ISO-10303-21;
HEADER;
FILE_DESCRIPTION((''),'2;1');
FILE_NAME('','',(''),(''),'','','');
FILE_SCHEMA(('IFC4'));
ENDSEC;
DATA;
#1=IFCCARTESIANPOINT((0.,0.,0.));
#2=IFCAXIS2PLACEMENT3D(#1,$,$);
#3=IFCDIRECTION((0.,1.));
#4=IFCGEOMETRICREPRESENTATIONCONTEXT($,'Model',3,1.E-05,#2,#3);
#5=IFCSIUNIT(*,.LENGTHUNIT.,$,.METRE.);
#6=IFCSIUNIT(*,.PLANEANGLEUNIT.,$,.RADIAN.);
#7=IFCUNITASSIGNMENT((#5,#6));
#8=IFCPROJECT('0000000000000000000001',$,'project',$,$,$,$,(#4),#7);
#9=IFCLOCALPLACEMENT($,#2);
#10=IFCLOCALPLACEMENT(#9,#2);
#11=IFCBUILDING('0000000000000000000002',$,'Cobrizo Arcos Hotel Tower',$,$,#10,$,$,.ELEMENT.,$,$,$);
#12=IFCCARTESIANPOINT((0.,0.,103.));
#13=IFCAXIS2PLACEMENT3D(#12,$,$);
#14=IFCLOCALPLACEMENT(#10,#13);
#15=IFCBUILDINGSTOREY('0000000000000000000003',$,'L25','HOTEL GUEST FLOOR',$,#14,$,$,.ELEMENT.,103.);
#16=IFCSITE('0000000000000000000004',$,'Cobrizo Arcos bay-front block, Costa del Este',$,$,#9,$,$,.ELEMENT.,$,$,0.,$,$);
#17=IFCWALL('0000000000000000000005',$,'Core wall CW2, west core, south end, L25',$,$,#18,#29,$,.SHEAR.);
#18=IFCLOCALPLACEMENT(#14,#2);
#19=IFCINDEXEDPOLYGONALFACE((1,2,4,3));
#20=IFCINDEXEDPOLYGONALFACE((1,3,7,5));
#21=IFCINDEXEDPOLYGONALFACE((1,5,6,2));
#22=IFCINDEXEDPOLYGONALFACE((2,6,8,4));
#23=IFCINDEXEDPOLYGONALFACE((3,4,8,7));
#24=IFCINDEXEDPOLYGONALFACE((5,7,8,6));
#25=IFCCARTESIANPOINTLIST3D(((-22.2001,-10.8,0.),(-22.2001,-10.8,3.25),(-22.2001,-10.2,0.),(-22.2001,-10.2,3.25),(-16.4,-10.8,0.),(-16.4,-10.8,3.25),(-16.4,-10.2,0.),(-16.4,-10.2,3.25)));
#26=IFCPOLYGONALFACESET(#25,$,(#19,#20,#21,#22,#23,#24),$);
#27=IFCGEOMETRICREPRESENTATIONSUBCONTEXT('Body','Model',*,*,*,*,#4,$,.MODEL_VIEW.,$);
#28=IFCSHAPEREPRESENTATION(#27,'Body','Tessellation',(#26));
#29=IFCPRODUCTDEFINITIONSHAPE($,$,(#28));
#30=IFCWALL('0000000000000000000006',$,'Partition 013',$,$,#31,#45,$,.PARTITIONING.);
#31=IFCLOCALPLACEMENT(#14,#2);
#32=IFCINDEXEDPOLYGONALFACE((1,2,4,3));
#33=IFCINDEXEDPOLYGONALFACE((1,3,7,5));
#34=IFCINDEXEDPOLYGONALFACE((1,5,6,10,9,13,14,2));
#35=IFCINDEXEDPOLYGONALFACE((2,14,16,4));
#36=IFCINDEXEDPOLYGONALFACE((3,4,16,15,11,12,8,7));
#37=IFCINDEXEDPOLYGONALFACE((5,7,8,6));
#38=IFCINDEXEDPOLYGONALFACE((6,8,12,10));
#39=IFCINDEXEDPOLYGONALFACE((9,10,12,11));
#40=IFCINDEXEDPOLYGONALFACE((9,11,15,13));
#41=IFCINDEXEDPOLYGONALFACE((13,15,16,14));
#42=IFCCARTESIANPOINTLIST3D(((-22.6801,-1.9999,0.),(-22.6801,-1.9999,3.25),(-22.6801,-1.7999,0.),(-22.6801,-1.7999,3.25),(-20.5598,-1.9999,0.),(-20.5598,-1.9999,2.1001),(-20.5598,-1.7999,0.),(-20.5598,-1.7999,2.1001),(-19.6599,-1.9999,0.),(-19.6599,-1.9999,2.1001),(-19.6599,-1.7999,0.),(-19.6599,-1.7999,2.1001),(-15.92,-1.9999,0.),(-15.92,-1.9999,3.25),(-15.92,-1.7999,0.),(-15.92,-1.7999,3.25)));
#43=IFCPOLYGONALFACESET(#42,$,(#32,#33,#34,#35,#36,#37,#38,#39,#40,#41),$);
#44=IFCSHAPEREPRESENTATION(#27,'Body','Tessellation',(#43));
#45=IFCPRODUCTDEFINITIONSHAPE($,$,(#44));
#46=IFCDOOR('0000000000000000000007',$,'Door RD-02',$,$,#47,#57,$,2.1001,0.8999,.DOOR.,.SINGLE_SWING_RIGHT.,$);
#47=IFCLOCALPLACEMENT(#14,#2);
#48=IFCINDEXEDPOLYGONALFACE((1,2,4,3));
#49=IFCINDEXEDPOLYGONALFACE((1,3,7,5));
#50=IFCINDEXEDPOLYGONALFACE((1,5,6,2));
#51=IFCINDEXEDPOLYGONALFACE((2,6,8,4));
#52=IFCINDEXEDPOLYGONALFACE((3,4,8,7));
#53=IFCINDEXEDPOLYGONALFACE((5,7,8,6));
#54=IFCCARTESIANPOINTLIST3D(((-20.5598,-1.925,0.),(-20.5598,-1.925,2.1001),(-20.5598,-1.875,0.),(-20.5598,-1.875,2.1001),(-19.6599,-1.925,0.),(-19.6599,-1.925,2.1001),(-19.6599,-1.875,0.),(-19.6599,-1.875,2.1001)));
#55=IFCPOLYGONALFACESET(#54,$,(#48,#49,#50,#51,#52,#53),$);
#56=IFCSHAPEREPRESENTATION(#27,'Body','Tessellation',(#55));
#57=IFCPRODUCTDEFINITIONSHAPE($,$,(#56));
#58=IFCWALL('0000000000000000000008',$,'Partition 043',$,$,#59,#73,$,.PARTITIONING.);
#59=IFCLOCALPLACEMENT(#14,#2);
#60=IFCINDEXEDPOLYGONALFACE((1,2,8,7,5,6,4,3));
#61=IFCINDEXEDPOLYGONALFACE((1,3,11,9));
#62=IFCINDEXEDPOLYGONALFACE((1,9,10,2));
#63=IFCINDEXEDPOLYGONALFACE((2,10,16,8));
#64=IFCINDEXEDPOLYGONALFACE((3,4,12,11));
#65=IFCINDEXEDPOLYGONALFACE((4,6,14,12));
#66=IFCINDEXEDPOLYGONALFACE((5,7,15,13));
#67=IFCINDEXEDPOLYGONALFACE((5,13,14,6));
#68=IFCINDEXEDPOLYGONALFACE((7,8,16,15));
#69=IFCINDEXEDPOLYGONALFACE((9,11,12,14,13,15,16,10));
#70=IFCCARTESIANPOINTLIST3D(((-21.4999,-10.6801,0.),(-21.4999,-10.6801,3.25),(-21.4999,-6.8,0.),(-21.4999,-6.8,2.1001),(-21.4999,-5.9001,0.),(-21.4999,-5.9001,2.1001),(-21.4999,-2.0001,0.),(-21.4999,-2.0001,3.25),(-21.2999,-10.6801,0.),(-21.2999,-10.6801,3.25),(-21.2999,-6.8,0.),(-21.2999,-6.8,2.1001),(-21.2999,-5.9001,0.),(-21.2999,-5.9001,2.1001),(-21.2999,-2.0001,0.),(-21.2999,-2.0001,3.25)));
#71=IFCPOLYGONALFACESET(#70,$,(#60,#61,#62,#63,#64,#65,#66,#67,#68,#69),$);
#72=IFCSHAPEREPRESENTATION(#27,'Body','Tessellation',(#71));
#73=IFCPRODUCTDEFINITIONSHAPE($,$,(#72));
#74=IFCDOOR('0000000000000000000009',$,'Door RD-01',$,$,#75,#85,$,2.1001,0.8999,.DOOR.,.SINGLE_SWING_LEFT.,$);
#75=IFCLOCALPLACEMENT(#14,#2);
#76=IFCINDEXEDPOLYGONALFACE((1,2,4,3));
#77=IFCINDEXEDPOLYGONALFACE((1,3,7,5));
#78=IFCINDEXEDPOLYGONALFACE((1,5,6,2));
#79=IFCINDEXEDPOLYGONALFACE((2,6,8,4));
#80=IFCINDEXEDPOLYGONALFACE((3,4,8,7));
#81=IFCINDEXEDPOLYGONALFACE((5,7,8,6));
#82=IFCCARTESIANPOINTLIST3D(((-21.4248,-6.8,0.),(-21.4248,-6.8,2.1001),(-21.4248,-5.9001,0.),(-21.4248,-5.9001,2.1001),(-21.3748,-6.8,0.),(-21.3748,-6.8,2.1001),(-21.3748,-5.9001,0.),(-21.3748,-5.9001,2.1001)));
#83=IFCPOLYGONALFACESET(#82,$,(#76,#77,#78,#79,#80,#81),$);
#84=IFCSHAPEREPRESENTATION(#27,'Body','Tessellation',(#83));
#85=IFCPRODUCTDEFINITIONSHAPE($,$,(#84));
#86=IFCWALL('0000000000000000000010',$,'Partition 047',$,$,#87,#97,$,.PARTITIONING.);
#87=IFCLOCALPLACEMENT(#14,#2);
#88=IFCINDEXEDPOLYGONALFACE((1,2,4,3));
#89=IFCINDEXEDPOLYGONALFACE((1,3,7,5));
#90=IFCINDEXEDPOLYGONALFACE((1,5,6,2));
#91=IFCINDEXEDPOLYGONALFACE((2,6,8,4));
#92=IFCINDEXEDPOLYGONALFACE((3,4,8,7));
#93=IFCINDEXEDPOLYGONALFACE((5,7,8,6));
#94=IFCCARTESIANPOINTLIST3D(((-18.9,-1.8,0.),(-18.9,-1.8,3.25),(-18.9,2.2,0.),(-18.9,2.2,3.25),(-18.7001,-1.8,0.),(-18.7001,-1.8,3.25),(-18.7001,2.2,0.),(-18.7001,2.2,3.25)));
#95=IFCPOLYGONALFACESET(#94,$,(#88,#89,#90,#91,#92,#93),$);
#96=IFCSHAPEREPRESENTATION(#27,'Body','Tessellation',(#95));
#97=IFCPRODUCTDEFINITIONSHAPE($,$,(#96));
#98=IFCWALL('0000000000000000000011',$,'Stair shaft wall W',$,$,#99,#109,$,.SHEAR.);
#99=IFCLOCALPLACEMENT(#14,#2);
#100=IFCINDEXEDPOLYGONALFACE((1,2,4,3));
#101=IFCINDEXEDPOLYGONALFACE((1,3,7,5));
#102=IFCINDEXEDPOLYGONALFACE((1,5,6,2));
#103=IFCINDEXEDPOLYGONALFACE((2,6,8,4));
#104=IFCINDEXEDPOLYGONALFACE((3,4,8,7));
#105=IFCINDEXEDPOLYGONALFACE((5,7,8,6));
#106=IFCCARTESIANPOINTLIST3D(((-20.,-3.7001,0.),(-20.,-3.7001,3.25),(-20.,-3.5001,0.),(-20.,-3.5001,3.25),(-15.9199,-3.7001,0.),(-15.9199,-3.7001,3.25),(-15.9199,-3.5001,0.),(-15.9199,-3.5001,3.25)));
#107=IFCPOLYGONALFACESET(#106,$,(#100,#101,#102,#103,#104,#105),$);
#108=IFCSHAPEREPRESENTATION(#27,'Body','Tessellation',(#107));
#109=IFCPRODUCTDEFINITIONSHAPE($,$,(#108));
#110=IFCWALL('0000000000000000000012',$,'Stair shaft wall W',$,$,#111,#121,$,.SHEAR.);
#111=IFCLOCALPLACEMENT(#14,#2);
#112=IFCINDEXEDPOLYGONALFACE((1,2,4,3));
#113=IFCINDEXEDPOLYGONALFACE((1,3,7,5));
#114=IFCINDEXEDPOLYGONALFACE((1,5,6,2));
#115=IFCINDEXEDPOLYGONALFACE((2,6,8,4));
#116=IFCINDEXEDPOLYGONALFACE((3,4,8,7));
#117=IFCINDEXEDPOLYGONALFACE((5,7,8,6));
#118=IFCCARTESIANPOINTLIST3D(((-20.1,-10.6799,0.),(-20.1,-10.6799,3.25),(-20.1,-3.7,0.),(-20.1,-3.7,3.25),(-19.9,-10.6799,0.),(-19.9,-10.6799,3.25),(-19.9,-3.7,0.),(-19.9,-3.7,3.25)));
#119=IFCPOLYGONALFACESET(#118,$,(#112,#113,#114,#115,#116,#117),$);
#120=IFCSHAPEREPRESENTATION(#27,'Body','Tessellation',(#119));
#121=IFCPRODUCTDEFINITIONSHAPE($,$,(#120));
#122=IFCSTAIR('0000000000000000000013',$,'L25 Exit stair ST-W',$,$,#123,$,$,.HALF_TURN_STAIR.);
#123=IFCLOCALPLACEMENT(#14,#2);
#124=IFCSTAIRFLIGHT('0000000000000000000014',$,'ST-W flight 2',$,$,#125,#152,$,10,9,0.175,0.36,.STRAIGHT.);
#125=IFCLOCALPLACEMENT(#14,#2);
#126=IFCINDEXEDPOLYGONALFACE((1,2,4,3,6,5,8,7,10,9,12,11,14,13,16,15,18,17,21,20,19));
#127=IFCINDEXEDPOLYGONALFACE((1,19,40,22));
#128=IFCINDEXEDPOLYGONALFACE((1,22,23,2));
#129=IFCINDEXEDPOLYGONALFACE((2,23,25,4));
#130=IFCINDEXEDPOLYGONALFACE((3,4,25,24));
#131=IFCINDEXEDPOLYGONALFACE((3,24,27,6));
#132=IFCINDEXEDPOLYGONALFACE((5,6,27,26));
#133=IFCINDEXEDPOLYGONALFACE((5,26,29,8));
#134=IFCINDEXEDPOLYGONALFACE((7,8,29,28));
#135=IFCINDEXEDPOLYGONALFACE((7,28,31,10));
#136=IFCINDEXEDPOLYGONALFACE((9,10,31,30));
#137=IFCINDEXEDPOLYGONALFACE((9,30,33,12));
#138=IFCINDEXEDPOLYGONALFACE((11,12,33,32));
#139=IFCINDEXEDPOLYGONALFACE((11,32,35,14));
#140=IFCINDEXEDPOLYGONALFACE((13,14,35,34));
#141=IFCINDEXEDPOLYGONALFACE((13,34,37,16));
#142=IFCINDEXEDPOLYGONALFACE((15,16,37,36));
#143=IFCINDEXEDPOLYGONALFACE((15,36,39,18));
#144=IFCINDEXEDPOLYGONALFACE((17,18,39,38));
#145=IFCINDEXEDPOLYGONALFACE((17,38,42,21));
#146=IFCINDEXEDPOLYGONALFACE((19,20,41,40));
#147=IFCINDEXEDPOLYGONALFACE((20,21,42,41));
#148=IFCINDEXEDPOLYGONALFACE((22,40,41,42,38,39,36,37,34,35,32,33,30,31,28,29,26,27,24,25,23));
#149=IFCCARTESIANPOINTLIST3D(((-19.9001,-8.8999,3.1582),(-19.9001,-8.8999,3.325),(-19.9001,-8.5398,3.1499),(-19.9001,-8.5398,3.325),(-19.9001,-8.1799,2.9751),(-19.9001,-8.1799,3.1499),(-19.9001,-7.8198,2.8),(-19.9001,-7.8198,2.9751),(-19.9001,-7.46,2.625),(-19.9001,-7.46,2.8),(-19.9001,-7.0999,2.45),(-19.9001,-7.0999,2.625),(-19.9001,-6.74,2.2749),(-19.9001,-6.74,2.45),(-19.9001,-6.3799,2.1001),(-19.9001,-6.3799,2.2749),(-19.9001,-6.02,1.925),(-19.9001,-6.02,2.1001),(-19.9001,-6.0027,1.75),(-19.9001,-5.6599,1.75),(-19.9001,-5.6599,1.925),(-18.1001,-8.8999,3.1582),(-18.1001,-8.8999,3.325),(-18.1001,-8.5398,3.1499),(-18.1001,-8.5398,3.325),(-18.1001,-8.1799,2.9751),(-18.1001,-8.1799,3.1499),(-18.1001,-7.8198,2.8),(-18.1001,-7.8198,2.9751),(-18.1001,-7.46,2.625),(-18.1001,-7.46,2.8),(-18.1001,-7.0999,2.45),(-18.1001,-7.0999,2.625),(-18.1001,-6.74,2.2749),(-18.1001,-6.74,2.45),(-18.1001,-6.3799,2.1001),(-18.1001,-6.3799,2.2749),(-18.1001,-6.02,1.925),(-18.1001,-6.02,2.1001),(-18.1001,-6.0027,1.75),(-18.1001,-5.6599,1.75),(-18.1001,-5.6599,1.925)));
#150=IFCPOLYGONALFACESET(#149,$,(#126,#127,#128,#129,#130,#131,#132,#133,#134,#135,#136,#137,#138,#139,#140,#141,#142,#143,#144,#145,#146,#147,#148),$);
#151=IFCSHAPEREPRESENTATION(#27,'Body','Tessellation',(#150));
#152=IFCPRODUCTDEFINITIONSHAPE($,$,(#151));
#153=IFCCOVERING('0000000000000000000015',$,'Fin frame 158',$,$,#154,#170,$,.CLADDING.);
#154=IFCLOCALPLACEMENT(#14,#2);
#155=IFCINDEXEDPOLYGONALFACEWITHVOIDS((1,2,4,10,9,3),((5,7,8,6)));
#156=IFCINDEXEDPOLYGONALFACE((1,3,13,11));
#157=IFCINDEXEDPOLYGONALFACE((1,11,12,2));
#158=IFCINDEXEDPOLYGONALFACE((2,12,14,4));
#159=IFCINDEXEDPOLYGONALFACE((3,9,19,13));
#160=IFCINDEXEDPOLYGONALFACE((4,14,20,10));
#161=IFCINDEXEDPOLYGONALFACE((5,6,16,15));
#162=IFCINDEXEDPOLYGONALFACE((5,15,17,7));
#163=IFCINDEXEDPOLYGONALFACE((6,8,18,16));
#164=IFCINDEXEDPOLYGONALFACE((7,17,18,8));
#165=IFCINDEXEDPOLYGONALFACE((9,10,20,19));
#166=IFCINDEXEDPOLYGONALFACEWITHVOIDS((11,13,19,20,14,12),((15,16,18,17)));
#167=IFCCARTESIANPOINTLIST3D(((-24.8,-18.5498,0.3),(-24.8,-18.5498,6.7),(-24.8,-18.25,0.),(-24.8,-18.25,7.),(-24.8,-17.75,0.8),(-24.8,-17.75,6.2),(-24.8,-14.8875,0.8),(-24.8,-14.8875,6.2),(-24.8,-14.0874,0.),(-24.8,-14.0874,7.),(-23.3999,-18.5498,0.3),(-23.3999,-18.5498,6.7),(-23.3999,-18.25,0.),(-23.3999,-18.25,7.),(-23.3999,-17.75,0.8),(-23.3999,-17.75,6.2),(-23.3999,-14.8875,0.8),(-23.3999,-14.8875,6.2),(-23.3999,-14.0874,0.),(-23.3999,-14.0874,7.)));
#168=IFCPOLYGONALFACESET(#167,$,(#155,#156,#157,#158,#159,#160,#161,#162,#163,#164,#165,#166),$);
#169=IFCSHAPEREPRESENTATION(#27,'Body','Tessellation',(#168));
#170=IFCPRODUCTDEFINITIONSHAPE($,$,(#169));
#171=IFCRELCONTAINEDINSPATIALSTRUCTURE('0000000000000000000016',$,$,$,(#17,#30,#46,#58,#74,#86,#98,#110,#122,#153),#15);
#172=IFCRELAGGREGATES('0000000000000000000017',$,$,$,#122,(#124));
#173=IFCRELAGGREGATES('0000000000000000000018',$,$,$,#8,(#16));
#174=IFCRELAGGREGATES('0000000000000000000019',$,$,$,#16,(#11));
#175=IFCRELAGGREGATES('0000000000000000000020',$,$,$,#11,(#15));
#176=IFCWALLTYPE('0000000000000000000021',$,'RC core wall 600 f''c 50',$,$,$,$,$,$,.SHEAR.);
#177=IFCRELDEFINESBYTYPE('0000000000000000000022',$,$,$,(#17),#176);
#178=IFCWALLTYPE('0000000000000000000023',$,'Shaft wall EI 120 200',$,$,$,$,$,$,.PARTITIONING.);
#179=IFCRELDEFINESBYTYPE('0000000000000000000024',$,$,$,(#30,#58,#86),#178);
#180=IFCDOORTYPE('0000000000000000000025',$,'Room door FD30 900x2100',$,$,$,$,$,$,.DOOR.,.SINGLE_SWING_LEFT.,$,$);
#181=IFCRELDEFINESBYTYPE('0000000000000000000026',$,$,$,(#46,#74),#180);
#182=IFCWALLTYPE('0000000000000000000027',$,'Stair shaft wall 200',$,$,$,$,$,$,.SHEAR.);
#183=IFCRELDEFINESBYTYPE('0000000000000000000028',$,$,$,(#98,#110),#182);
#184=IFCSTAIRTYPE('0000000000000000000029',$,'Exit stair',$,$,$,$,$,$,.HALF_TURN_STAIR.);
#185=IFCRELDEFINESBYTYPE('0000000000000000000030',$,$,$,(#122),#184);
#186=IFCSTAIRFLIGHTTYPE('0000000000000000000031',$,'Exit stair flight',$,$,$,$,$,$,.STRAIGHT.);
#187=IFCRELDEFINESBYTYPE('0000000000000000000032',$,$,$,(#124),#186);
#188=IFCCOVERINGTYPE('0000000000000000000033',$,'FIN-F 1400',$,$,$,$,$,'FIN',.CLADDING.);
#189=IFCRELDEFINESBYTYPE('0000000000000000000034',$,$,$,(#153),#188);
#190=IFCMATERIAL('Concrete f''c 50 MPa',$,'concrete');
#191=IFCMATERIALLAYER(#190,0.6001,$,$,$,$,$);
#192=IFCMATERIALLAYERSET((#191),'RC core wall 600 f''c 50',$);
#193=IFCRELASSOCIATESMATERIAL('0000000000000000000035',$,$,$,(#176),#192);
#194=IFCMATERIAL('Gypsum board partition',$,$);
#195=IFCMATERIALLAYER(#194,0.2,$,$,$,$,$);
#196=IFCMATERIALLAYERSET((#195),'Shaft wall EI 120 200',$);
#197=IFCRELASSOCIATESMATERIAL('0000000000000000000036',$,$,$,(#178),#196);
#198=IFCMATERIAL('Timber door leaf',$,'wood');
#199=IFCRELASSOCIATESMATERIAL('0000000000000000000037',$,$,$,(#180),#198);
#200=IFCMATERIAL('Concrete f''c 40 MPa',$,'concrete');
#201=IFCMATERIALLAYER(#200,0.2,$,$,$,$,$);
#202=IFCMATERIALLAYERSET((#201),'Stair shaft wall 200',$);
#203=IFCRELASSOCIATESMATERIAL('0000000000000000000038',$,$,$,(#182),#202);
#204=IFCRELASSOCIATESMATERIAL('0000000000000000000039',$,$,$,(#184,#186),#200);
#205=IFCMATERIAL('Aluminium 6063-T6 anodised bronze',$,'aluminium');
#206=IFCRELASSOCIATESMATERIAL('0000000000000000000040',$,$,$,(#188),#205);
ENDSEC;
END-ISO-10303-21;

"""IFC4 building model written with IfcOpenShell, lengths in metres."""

from ifc_helpers import new_model, si_unit, direction, frame, frame_2d, origin, place, context, subcontext, project, spatial, polyline, rectangle, outline, extrude, material, layer, layer_set, type_object, element, fill, aggregate, save


model = new_model("IFC4")

# Units and contexts
model_context = context("Model", 3, precision=1e-05, world=origin(), true_north=direction((0.0, 1.0)))
body_context = subcontext(model_context, "Body", "Model", "MODEL_VIEW")
ifc_project = project(units=[si_unit("LENGTHUNIT", "METRE"), si_unit("PLANEANGLEUNIT", "RADIAN")], contexts=[model_context])

# Site, building, storey
site_placement = place(None, origin())
site = spatial("IfcSite", under=ifc_project, at=site_placement, Name="Cobrizo Arcos bay-front block, Costa del Este", CompositionType="ELEMENT", RefElevation=0.0)
building_placement = place(site_placement, origin())
building = spatial("IfcBuilding", under=site, at=building_placement, Name="Cobrizo Arcos Hotel Tower", CompositionType="ELEMENT")
storey_placement = place(building_placement, frame((0.0, 0.0, 103.0)))
storey = spatial("IfcBuildingStorey", under=building, at=storey_placement, Name="L25", Description="HOTEL GUEST FLOOR", CompositionType="ELEMENT", Elevation=103.0)

# Shared definitions
ifc_material_1 = material(Name="Aluminium 6063-T6 anodised bronze", Category="aluminium")

# Shared definitions
ifc_material_2 = material(Name="Gypsum board partition")

# Shared definitions
ifc_material_3 = material(Name="Timber door leaf", Category="wood")

# Wall
ifc_material_4 = material(Name="Concrete f'c 50 MPa", Category="concrete")
ifc_layer_1 = layer(ifc_material_4, 0.6001)
ifc_layer_set_1 = layer_set([ifc_layer_1], Name="RC core wall 600 f'c 50")
wall_type_1 = type_object("IfcWallType", Name="RC core wall 600 f'c 50", PredefinedType="SHEAR", material=ifc_layer_set_1)
wall_1_placement = place(storey_placement, frame((-22.2, -10.5, 0.0), z_axis=(0.0, 0.0, 1.0), x_axis=(1.0, 0.0, 0.0)))
element("IfcWall", 1, at=wall_1_placement, inside=storey, type_object=wall_type_1, Name="Core wall CW2, west core, south end, L25", PredefinedType="SHEAR", context=body_context, shape_type="SweptSolid", body=[
    extrude(rectangle(XDim=5.8, YDim=0.6001, at=frame_2d((2.8999, 0.0))), origin(), (0.0, 0.0, 1.0), 3.25),
])

# Walls, openings, doors
ifc_layer_2 = layer(ifc_material_2, 0.2)
ifc_layer_set_2 = layer_set([ifc_layer_2], Name="Shaft wall EI 120 200")
wall_type_2 = type_object("IfcWallType", Name="Shaft wall EI 120 200", PredefinedType="PARTITIONING", material=ifc_layer_set_2)
wall_2_placement = place(storey_placement, frame((-22.6799, -1.8999, 0.0), z_axis=(0.0, 0.0, 1.0), x_axis=(1.0, 0.0, 0.0)))
wall_2 = element("IfcWall", 2, at=wall_2_placement, inside=storey, type_object=wall_type_2, Name="Partition 013", PredefinedType="PARTITIONING", context=body_context, shape_type="SweptSolid", body=[
    extrude(rectangle(XDim=6.76, YDim=0.2, at=frame_2d((3.3799, 0.0))), origin(), (0.0, 0.0, 1.0), 3.25),
])
opening_1_placement = place(wall_2_placement, frame((2.1201, 0.0, 0.0)))
opening_1 = element("IfcOpeningElement", 3, at=opening_1_placement, cuts=wall_2, PredefinedType="OPENING", context=body_context, shape_type="SweptSolid", body=[
    extrude(rectangle(XDim=0.8999, YDim=2.1001, at=frame_2d((0.45, 1.05))), frame((0.0, 0.1121, 0.0), z_axis=(0.0, -1.0, 0.0), x_axis=(1.0, 0.0, 0.0)), (0.0, 0.0, 1.0), 0.2239),
])
door_type_1 = type_object("IfcDoorType", Name="Room door FD30 900x2100", OperationType="SINGLE_SWING_LEFT", PredefinedType="DOOR", material=ifc_material_3)
door_1_placement = place(opening_1_placement, origin())
door_1 = element("IfcDoor", 4, at=door_1_placement, inside=storey, type_object=door_type_1, Name="Door RD-02", OperationType="SINGLE_SWING_RIGHT", OverallHeight=2.1001, OverallWidth=0.8999, PredefinedType="DOOR", context=body_context, shape_type="SweptSolid", body=[
    extrude(rectangle(XDim=0.8999, YDim=2.1001, at=frame_2d((0.45, 1.05))), frame((0.0, 0.0249, 0.0), z_axis=(0.0, -1.0, 0.0), x_axis=(1.0, 0.0, 0.0)), (0.0, 0.0, 1.0), 0.05),
])
fill(opening_1, door_1)
wall_3_placement = place(storey_placement, frame((-21.3999, -10.6799, 0.0), z_axis=(0.0, 0.0, 1.0), x_axis=(0.0, 1.0, 0.0)))
wall_3 = element("IfcWall", 5, at=wall_3_placement, inside=storey, type_object=wall_type_2, Name="Partition 043", PredefinedType="PARTITIONING", context=body_context, shape_type="SweptSolid", body=[
    extrude(rectangle(XDim=8.6799, YDim=0.2, at=frame_2d((4.3398, 0.0))), origin(), (0.0, 0.0, 1.0), 3.25),
])
opening_2_placement = place(wall_3_placement, frame((3.8799, 0.0, 0.0)))
opening_2 = element("IfcOpeningElement", 6, at=opening_2_placement, cuts=wall_3, PredefinedType="OPENING", context=body_context, shape_type="SweptSolid", body=[
    extrude(rectangle(XDim=0.8999, YDim=2.1001, at=frame_2d((0.45, 1.05))), frame((0.0, 0.1121, 0.0), z_axis=(0.0, -1.0, 0.0), x_axis=(1.0, 0.0, 0.0)), (0.0, 0.0, 1.0), 0.2239),
])
door_2_placement = place(opening_2_placement, origin())
door_2 = element("IfcDoor", 7, at=door_2_placement, inside=storey, type_object=door_type_1, Name="Door RD-01", OperationType="SINGLE_SWING_LEFT", OverallHeight=2.1001, OverallWidth=0.8999, PredefinedType="DOOR", context=body_context, shape_type="SweptSolid", body=[
    extrude(rectangle(XDim=0.8999, YDim=2.1001, at=frame_2d((0.45, 1.05))), frame((0.0, 0.0249, 0.0), z_axis=(0.0, -1.0, 0.0), x_axis=(1.0, 0.0, 0.0)), (0.0, 0.0, 1.0), 0.05),
])
fill(opening_2, door_2)

# Walls
wall_4_placement = place(storey_placement, frame((-18.8, -1.8, 0.0), z_axis=(0.0, 0.0, 1.0), x_axis=(0.0, 1.0, 0.0)))
element("IfcWall", 8, at=wall_4_placement, inside=storey, type_object=wall_type_2, Name="Partition 047", PredefinedType="PARTITIONING", context=body_context, shape_type="SweptSolid", body=[
    extrude(rectangle(XDim=4.0, YDim=0.2, at=frame_2d((2.0, 0.0))), origin(), (0.0, 0.0, 1.0), 3.25),
])
ifc_material_5 = material(Name="Concrete f'c 40 MPa", Category="concrete")
ifc_layer_3 = layer(ifc_material_5, 0.2)
ifc_layer_set_3 = layer_set([ifc_layer_3], Name="Stair shaft wall 200")
wall_type_3 = type_object("IfcWallType", Name="Stair shaft wall 200", PredefinedType="SHEAR", material=ifc_layer_set_3)
wall_5_placement = place(storey_placement, frame((-20.0, -3.6001, 0.0), z_axis=(0.0, 0.0, 1.0), x_axis=(1.0, 0.0, 0.0)))
element("IfcWall", 9, at=wall_5_placement, inside=storey, type_object=wall_type_3, Name="Stair shaft wall W", PredefinedType="SHEAR", context=body_context, shape_type="SweptSolid", body=[
    extrude(rectangle(XDim=4.0801, YDim=0.2, at=frame_2d((2.04, 0.0))), origin(), (0.0, 0.0, 1.0), 3.25),
])
wall_6_placement = place(storey_placement, frame((-20.0, -10.6799, 0.0), z_axis=(0.0, 0.0, 1.0), x_axis=(0.0, 1.0, 0.0)))
element("IfcWall", 10, at=wall_6_placement, inside=storey, type_object=wall_type_3, Name="Stair shaft wall W", PredefinedType="SHEAR", context=body_context, shape_type="SweptSolid", body=[
    extrude(rectangle(XDim=6.98, YDim=0.2, at=frame_2d((3.49, 0.0))), origin(), (0.0, 0.0, 1.0), 3.25),
])

# Stair, stair flight
stair_type = type_object("IfcStairType", Name="Exit stair", PredefinedType="HALF_TURN_STAIR", material=ifc_material_5)
stair_placement = place(storey_placement, origin())
stair = element("IfcStair", 11, at=stair_placement, inside=storey, type_object=stair_type, Name="L25 Exit stair ST-W", PredefinedType="HALF_TURN_STAIR")
stair_flight_type = type_object("IfcStairFlightType", Name="Exit stair flight", PredefinedType="STRAIGHT", material=ifc_material_5)
stair_flight_placement = place(storey_placement, frame((-19.0, -5.6599, 1.75), z_axis=(0.0, 0.0, 1.0), x_axis=(0.0, -1.0, 0.0)))
stair_flight = element("IfcStairFlight", 12, at=stair_flight_placement, type_object=stair_flight_type, Name="ST-W flight 2", NumberOfRisers=10, NumberOfTreads=9, PredefinedType="STRAIGHT", RiserHeight=0.175, TreadLength=0.36, context=body_context, shape_type="SweptSolid", body=[
    extrude(outline(polyline([(0.0, 0.0), (0.0, 0.175), (0.3601, 0.175), (0.3601, 0.3501), (0.72, 0.3501), (0.72, 0.5249), (1.0801, 0.5249), (1.0801, 0.7), (1.4399, 0.7), (1.4399, 0.875), (1.8, 0.875), (1.8, 1.05), (2.1599, 1.05), (2.1599, 1.2251), (2.52, 1.2251), (2.52, 1.3999), (2.8799, 1.3999), (2.8799, 1.575), (3.24, 1.575), (3.24, 1.75), (3.24, 1.4082), (0.3428, 0.0), (0.0, 0.0)])), frame((0.0, 0.8999, 0.0), z_axis=(0.0, -1.0, 0.0), x_axis=(1.0, 0.0, 0.0)), (0.0, 0.0, 1.0), 1.8),
])
aggregate(stair, [stair_flight])

# Covering
covering_type_1 = type_object("IfcCoveringType", Name="FIN-F 1400", ElementType="FIN", PredefinedType="CLADDING", material=ifc_material_1)
covering_1_placement = place(storey_placement, frame((-23.3999, -14.0874, 0.0), z_axis=(-1.0, 0.0, 0.0), x_axis=(0.0, -1.0, 0.0)))
element("IfcCovering", 13, at=covering_1_placement, inside=storey, type_object=covering_type_1, Name="Fin frame 158", PredefinedType="CLADDING", context=body_context, shape_type="SweptSolid", body=[
    extrude(outline(polyline([(0.0, 7.0), (0.0, 0.0), (4.1626, 0.0), (4.4624, 0.3), (4.4624, 6.7), (4.1626, 7.0), (0.0, 7.0)]), holes=[polyline([(3.6626, 0.8), (0.8, 0.8), (0.8, 6.2), (3.6626, 6.2), (3.6626, 0.8)])]), origin(), (0.0, 0.0, 1.0), 1.4001),
])

save(model, "model.ifc")
